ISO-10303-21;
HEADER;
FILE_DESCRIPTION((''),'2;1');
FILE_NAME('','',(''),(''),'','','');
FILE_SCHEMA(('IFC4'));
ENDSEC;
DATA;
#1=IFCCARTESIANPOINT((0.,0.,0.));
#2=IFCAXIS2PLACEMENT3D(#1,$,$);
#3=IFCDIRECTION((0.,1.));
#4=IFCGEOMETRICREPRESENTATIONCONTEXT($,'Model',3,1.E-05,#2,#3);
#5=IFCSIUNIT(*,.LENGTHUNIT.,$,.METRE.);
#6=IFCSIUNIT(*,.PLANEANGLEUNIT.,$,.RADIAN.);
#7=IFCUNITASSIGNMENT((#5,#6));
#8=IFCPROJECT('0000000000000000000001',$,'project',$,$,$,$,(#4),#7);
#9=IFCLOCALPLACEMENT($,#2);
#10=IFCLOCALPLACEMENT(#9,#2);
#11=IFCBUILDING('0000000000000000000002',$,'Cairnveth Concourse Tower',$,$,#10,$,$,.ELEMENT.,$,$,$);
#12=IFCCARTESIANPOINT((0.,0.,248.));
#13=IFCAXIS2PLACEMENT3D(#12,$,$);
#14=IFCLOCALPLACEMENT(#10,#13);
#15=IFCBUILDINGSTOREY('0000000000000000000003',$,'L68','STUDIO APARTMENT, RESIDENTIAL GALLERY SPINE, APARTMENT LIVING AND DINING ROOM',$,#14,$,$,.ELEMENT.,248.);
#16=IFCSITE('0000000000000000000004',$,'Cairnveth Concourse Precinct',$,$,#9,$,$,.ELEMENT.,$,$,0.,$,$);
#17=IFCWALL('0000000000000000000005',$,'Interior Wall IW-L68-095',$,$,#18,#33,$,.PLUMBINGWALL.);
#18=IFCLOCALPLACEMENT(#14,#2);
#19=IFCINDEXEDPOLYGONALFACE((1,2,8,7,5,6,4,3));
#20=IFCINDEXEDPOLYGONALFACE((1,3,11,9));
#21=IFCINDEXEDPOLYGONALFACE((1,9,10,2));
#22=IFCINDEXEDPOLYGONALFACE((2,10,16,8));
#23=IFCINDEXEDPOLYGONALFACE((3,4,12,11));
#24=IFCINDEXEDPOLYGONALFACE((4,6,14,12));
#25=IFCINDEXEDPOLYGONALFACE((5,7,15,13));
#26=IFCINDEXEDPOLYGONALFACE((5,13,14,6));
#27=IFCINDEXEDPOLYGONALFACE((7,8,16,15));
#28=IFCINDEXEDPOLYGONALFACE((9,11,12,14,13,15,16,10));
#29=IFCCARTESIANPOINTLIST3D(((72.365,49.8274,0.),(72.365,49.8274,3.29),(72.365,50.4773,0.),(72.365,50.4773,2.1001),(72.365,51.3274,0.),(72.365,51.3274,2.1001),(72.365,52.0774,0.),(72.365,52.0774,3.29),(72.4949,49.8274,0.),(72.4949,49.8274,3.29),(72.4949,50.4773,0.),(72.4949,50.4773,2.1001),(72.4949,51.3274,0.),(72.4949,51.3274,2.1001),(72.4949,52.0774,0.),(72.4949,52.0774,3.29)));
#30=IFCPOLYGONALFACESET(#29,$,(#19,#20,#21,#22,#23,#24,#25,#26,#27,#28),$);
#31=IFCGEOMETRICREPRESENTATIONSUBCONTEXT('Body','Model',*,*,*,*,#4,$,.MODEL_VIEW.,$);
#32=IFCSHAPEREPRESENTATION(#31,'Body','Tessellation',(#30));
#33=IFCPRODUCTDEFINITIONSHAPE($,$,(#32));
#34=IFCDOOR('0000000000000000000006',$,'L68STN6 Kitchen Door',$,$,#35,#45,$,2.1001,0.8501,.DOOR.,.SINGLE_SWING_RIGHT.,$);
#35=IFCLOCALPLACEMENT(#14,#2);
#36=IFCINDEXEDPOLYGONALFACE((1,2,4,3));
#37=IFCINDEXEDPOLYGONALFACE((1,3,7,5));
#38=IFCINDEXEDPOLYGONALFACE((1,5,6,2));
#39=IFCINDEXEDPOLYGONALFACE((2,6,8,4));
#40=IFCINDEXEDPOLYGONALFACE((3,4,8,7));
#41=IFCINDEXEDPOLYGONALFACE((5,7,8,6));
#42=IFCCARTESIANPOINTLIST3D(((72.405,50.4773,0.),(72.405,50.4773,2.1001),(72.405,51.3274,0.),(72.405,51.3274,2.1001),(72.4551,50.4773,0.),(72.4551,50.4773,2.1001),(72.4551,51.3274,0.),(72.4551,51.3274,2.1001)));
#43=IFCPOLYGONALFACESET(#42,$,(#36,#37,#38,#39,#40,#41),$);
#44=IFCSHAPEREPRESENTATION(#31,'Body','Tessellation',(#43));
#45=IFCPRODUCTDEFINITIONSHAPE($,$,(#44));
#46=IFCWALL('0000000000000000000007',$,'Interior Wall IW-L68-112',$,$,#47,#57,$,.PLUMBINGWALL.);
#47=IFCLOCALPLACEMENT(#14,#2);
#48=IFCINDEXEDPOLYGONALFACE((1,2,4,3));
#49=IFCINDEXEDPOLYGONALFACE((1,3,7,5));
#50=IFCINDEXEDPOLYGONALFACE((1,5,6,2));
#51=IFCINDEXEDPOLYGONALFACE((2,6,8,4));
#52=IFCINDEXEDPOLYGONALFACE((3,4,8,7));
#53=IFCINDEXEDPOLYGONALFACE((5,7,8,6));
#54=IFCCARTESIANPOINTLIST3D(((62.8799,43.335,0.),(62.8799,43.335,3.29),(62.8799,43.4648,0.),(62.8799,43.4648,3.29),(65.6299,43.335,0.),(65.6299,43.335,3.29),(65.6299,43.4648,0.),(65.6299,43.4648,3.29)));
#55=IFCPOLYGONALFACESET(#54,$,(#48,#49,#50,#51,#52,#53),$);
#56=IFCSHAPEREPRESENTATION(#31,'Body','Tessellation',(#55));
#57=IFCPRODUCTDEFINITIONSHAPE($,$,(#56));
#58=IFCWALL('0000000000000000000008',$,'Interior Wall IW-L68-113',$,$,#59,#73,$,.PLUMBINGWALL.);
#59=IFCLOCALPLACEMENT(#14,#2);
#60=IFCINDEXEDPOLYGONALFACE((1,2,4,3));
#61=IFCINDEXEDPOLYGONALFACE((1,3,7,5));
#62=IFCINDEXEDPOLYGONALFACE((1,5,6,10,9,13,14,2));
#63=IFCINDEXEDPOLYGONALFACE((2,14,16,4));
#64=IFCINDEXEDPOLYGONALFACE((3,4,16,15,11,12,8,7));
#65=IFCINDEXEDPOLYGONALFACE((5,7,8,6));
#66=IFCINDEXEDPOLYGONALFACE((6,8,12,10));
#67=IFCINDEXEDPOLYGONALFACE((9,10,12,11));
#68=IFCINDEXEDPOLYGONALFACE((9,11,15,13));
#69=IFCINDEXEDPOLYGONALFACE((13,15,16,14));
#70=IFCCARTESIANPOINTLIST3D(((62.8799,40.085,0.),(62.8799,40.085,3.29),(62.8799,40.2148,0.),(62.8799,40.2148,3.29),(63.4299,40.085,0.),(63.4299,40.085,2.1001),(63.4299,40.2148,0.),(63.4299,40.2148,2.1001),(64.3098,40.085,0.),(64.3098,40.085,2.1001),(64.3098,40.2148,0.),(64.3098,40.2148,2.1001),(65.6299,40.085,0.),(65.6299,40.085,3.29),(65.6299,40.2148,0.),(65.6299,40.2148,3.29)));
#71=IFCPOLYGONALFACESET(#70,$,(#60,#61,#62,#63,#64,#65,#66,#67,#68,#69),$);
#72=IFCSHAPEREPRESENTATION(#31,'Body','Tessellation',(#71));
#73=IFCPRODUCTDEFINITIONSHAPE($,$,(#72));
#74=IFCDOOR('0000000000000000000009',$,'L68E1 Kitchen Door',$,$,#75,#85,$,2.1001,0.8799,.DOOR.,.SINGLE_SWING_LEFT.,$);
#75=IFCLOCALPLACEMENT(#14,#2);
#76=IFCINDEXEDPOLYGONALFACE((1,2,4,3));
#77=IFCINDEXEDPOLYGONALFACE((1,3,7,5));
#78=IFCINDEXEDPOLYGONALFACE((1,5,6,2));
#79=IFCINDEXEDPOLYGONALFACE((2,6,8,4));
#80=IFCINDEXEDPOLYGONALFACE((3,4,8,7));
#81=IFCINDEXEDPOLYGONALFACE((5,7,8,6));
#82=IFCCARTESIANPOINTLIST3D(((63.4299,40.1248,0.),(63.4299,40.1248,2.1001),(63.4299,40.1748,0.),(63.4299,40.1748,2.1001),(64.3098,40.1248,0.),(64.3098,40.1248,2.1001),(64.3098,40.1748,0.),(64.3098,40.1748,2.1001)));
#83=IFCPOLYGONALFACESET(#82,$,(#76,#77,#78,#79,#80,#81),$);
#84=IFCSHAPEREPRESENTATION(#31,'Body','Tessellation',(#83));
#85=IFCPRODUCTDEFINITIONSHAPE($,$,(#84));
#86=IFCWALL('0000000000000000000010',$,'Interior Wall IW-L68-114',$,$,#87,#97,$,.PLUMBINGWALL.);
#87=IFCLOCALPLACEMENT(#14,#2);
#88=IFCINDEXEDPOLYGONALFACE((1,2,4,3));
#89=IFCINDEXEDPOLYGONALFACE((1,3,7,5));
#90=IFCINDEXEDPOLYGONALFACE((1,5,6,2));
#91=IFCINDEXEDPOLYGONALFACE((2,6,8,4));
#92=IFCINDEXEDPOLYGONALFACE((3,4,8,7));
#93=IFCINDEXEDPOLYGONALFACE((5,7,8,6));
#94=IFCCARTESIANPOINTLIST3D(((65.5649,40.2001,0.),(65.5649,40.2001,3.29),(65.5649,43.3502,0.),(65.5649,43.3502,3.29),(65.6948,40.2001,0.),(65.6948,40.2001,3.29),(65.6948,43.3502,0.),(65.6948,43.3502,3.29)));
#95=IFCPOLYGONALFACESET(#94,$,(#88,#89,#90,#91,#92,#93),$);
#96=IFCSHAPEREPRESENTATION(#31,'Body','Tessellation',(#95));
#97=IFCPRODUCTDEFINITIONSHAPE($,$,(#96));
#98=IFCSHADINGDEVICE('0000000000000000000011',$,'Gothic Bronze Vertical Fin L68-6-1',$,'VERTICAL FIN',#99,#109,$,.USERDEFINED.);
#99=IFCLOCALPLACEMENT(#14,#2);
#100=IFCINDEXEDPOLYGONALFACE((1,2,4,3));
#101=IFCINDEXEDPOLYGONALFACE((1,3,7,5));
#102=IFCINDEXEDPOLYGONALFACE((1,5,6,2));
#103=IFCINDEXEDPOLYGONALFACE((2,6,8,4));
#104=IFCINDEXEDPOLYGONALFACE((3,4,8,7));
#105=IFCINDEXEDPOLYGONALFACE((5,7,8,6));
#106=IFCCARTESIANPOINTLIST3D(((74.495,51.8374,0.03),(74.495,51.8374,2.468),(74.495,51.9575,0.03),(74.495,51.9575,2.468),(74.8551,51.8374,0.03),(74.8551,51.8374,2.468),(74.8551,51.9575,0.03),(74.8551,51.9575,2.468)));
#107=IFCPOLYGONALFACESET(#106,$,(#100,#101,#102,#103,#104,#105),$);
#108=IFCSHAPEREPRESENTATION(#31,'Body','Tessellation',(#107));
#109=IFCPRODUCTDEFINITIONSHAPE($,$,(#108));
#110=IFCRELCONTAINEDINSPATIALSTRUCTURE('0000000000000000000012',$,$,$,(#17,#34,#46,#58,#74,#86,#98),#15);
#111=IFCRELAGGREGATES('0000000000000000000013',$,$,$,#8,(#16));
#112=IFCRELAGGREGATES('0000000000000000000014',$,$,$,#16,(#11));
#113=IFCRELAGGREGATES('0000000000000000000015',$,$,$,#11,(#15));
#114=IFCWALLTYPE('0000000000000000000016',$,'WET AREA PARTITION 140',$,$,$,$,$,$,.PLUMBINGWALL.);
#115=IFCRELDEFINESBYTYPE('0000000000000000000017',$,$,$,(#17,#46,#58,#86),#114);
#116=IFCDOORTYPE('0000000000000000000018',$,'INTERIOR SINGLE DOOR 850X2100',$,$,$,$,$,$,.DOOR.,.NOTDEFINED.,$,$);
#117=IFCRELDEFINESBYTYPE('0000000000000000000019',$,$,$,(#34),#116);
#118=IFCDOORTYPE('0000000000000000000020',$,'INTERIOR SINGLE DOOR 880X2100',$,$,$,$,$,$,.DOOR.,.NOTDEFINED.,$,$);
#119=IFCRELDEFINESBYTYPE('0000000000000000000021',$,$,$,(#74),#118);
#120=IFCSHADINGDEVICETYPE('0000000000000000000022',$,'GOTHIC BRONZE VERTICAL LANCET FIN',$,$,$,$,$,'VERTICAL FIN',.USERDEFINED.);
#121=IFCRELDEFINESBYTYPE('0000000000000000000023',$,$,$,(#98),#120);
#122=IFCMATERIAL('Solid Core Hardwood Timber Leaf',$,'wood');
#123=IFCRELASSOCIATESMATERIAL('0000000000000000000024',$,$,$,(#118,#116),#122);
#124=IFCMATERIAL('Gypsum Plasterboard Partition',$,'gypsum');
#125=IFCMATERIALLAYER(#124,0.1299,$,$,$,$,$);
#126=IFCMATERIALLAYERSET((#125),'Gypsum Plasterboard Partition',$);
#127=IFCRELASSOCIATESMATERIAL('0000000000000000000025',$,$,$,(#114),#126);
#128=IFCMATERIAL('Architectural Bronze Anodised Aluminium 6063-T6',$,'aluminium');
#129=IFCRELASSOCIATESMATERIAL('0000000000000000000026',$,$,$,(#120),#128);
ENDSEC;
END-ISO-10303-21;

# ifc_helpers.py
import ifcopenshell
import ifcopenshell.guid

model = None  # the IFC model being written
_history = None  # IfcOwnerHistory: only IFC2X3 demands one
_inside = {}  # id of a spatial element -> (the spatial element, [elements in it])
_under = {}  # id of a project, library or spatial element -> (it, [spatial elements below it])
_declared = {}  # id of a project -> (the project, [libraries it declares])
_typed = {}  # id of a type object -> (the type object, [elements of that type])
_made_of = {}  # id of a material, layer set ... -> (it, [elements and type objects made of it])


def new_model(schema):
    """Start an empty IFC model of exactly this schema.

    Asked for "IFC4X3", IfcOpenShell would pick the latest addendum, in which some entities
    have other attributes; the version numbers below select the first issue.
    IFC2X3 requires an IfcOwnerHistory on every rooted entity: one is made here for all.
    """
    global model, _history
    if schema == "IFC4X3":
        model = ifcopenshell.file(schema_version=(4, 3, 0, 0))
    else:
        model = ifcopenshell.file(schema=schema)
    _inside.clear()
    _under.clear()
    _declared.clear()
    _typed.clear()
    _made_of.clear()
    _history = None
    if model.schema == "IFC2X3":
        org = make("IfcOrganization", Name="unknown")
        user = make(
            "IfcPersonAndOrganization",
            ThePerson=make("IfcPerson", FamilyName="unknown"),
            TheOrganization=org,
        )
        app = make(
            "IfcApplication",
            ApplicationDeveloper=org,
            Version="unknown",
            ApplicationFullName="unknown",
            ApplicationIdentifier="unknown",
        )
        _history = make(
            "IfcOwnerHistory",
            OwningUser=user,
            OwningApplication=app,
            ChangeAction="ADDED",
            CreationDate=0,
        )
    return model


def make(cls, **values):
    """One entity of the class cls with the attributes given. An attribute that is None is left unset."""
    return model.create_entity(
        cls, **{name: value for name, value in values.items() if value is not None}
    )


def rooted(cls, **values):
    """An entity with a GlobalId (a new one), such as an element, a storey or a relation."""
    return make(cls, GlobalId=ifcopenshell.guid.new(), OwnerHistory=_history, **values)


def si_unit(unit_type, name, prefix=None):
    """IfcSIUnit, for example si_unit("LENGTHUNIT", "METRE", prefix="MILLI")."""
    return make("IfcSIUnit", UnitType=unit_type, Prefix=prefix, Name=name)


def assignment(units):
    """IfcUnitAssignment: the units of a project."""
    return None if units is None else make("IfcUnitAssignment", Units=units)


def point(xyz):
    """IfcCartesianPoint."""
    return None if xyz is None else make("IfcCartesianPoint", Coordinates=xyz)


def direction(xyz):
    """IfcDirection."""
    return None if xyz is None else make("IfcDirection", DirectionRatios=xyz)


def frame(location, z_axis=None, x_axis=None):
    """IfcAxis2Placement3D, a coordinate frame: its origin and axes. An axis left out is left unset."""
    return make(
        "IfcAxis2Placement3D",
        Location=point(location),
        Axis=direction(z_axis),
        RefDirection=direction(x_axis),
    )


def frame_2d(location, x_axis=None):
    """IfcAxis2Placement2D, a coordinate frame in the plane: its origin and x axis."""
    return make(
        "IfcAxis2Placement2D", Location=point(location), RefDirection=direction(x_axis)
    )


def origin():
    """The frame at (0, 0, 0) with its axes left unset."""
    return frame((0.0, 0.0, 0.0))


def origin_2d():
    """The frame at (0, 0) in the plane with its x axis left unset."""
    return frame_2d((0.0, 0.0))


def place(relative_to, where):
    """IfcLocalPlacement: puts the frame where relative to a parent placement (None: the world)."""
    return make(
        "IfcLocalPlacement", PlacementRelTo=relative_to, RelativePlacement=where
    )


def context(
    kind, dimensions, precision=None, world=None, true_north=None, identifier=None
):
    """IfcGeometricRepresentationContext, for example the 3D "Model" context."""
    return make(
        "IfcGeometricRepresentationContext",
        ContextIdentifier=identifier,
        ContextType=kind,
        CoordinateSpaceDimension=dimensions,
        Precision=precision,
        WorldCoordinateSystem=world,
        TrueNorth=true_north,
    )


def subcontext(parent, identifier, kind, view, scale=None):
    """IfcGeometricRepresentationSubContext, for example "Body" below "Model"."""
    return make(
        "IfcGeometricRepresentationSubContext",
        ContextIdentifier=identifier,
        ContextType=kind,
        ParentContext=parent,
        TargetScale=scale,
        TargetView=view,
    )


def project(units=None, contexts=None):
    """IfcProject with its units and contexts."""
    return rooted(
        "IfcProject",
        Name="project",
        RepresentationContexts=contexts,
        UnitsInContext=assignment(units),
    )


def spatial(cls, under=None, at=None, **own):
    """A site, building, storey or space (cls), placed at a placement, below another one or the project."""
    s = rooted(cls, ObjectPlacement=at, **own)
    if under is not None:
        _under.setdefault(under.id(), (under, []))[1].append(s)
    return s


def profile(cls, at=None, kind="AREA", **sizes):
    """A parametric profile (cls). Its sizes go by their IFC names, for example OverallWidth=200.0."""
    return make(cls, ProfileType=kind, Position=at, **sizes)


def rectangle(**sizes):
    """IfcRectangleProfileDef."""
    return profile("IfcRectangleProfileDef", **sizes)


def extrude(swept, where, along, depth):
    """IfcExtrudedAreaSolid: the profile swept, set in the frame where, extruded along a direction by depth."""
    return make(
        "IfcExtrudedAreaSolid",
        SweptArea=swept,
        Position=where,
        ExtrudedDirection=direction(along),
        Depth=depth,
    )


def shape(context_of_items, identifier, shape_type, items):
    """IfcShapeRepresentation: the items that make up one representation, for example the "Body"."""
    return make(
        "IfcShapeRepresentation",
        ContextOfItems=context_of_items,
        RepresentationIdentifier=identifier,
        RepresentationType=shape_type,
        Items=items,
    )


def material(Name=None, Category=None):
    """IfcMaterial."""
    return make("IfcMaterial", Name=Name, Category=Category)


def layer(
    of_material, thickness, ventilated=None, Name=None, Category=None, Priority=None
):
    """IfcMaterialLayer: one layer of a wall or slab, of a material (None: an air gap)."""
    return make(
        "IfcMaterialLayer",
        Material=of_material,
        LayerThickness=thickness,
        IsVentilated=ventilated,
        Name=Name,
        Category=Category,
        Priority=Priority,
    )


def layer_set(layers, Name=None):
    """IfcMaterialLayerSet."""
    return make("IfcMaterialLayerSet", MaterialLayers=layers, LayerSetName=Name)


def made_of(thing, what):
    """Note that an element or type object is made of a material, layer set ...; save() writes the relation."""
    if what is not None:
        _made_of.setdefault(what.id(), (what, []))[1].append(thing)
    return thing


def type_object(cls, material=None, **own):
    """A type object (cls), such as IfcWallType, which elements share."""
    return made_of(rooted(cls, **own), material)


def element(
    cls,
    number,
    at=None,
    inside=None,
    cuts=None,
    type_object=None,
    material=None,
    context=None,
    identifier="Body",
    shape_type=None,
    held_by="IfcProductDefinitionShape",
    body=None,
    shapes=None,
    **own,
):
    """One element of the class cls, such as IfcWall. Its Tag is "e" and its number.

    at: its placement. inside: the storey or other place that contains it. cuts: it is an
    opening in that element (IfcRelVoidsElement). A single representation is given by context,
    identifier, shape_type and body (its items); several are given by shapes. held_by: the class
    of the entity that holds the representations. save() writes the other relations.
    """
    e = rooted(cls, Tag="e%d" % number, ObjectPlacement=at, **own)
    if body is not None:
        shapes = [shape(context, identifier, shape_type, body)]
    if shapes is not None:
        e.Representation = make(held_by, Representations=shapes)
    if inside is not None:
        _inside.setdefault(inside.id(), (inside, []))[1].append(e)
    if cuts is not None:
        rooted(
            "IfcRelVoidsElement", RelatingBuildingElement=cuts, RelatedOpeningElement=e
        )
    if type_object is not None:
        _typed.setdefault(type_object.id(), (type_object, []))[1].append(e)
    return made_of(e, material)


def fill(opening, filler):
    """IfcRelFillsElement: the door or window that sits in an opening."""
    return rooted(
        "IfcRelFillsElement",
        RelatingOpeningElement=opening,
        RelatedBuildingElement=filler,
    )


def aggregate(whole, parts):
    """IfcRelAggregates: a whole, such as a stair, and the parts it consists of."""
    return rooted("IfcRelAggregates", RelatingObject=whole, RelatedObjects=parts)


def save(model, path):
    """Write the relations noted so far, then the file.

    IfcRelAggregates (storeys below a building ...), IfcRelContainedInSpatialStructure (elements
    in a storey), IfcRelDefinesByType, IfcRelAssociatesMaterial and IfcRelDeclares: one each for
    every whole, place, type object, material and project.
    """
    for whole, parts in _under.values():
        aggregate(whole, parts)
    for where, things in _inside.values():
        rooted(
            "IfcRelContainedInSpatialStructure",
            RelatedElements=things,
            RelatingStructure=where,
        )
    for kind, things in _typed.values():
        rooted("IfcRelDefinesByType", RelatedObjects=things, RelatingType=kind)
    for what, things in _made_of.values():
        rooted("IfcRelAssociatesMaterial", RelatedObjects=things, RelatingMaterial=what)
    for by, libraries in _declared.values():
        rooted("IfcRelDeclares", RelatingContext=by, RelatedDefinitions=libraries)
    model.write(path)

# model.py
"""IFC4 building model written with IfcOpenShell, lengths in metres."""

from ifc_helpers import new_model, si_unit, direction, frame, frame_2d, origin, origin_2d, place, context, subcontext, project, spatial, rectangle, extrude, material, layer, layer_set, type_object, element, fill, save


model = new_model("IFC4")

# Units and contexts
model_context = context("Model", 3, precision=1e-05, world=origin(), true_north=direction((0.0, 1.0)))
body_context = subcontext(model_context, "Body", "Model", "MODEL_VIEW")
ifc_project = project(units=[si_unit("LENGTHUNIT", "METRE"), si_unit("PLANEANGLEUNIT", "RADIAN")], contexts=[model_context])

# Site, building, storey
site_placement = place(None, origin())
site = spatial("IfcSite", under=ifc_project, at=site_placement, Name="Cairnveth Concourse Precinct", CompositionType="ELEMENT", RefElevation=0.0)
building_placement = place(site_placement, origin())
building = spatial("IfcBuilding", under=site, at=building_placement, Name="Cairnveth Concourse Tower", CompositionType="ELEMENT")
storey_placement = place(building_placement, frame((0.0, 0.0, 248.0)))
storey = spatial("IfcBuildingStorey", under=building, at=storey_placement, Name="L68", Description="STUDIO APARTMENT, RESIDENTIAL GALLERY SPINE, APARTMENT LIVING AND DINING ROOM", CompositionType="ELEMENT", Elevation=248.0)

# Shared definitions
ifc_material_1 = material(Name="Gypsum Plasterboard Partition", Category="gypsum")

# Shared definitions
ifc_material_2 = material(Name="Solid Core Hardwood Timber Leaf", Category="wood")
door_type_1 = type_object("IfcDoorType", Name="INTERIOR SINGLE DOOR 880X2100", OperationType="NOTDEFINED", PredefinedType="DOOR", material=ifc_material_2)
ifc_layer_1 = layer(ifc_material_1, 0.1299)
ifc_layer_set_1 = layer_set([ifc_layer_1], Name="Gypsum Plasterboard Partition")
wall_type_1 = type_object("IfcWallType", Name="WET AREA PARTITION 140", PredefinedType="PLUMBINGWALL", material=ifc_layer_set_1)
door_type_2 = type_object("IfcDoorType", Name="INTERIOR SINGLE DOOR 850X2100", OperationType="NOTDEFINED", PredefinedType="DOOR", material=ifc_material_2)

# Wall, opening, door
wall_1_placement = place(storey_placement, frame((72.4299, 49.8274, 0.0), z_axis=(0.0, 0.0, 1.0), x_axis=(0.0, 1.0, 0.0)))
wall_1 = element("IfcWall", 1, at=wall_1_placement, inside=storey, type_object=wall_type_1, Name="Interior Wall IW-L68-095", PredefinedType="PLUMBINGWALL", context=body_context, shape_type="SweptSolid", body=[
    extrude(rectangle(XDim=2.25, YDim=0.1299, at=frame_2d((1.125, 0.0))), origin(), (0.0, 0.0, 1.0), 3.29),
])
opening_1_placement = place(wall_1_placement, frame((0.6499, 0.0, 0.0)))
opening_1 = element("IfcOpeningElement", 2, at=opening_1_placement, cuts=wall_1, PredefinedType="OPENING", context=body_context, shape_type="SweptSolid", body=[
    extrude(rectangle(XDim=0.8501, YDim=2.1001, at=frame_2d((0.425, 1.05))), frame((0.0, 0.075, 0.0), z_axis=(0.0, -1.0, 0.0), x_axis=(1.0, 0.0, 0.0)), (0.0, 0.0, 1.0), 0.1499),
])
door_1_placement = place(opening_1_placement, origin())
door_1 = element("IfcDoor", 3, at=door_1_placement, inside=storey, type_object=door_type_2, Name="L68STN6 Kitchen Door", OperationType="SINGLE_SWING_RIGHT", OverallHeight=2.1001, OverallWidth=0.8501, PredefinedType="DOOR", context=body_context, shape_type="SweptSolid", body=[
    extrude(rectangle(XDim=0.8501, YDim=2.1001, at=frame_2d((0.425, 1.05))), frame((0.0, 0.0249, 0.0), z_axis=(0.0, -1.0, 0.0), x_axis=(1.0, 0.0, 0.0)), (0.0, 0.0, 1.0), 0.05),
])
fill(opening_1, door_1)

# Wall
wall_2_placement = place(storey_placement, frame((62.8799, 43.3999, 0.0), z_axis=(0.0, 0.0, 1.0), x_axis=(1.0, 0.0, 0.0)))
element("IfcWall", 4, at=wall_2_placement, inside=storey, type_object=wall_type_1, Name="Interior Wall IW-L68-112", PredefinedType="PLUMBINGWALL", context=body_context, shape_type="SweptSolid", body=[
    extrude(rectangle(XDim=2.75, YDim=0.1299, at=frame_2d((1.375, 0.0))), origin(), (0.0, 0.0, 1.0), 3.29),
])

# Wall, opening, door
wall_3_placement = place(storey_placement, frame((62.8799, 40.1499, 0.0), z_axis=(0.0, 0.0, 1.0), x_axis=(1.0, 0.0, 0.0)))
wall_3 = element("IfcWall", 5, at=wall_3_placement, inside=storey, type_object=wall_type_1, Name="Interior Wall IW-L68-113", PredefinedType="PLUMBINGWALL", context=body_context, shape_type="SweptSolid", body=[
    extrude(rectangle(XDim=2.75, YDim=0.1299, at=frame_2d((1.375, 0.0))), origin(), (0.0, 0.0, 1.0), 3.29),
])
opening_2_placement = place(wall_3_placement, frame((0.55, 0.0, 0.0)))
opening_2 = element("IfcOpeningElement", 6, at=opening_2_placement, cuts=wall_3, PredefinedType="OPENING", context=body_context, shape_type="SweptSolid", body=[
    extrude(rectangle(XDim=0.8799, YDim=2.1001, at=frame_2d((0.4399, 1.05))), frame((0.0, 0.075, 0.0), z_axis=(0.0, -1.0, 0.0), x_axis=(1.0, 0.0, 0.0)), (0.0, 0.0, 1.0), 0.1499),
])
door_2_placement = place(opening_2_placement, origin())
door_2 = element("IfcDoor", 7, at=door_2_placement, inside=storey, type_object=door_type_1, Name="L68E1 Kitchen Door", OperationType="SINGLE_SWING_LEFT", OverallHeight=2.1001, OverallWidth=0.8799, PredefinedType="DOOR", context=body_context, shape_type="SweptSolid", body=[
    extrude(rectangle(XDim=0.8799, YDim=2.1001, at=frame_2d((0.4399, 1.05))), frame((0.0, 0.0249, 0.0), z_axis=(0.0, -1.0, 0.0), x_axis=(1.0, 0.0, 0.0)), (0.0, 0.0, 1.0), 0.05),
])
fill(opening_2, door_2)

# Wall
wall_4_placement = place(storey_placement, frame((65.6299, 40.2, 0.0), z_axis=(0.0, 0.0, 1.0), x_axis=(0.0, 1.0, 0.0)))
element("IfcWall", 8, at=wall_4_placement, inside=storey, type_object=wall_type_1, Name="Interior Wall IW-L68-114", PredefinedType="PLUMBINGWALL", context=body_context, shape_type="SweptSolid", body=[
    extrude(rectangle(XDim=3.1501, YDim=0.1299, at=frame_2d((1.5752, 0.0))), origin(), (0.0, 0.0, 1.0), 3.29),
])

# Shading device
ifc_material_3 = material(Name="Architectural Bronze Anodised Aluminium 6063-T6", Category="aluminium")
shading_device_type = type_object("IfcShadingDeviceType", Name="GOTHIC BRONZE VERTICAL LANCET FIN", ElementType="VERTICAL FIN", PredefinedType="USERDEFINED", material=ifc_material_3)
shading_device_placement = place(storey_placement, frame((74.675, 51.8975, 0.03), z_axis=(0.0, 0.0, 1.0), x_axis=(0.0, 1.0, 0.0)))
element("IfcShadingDevice", 9, at=shading_device_placement, inside=storey, type_object=shading_device_type, Name="Gothic Bronze Vertical Fin L68-6-1", ObjectType="VERTICAL FIN", PredefinedType="USERDEFINED", context=body_context, shape_type="SweptSolid", body=[
    extrude(rectangle(XDim=0.1201, YDim=0.3601, at=origin_2d()), origin(), (0.0, 0.0, 1.0), 2.438),
])

save(model, "model.ifc")
